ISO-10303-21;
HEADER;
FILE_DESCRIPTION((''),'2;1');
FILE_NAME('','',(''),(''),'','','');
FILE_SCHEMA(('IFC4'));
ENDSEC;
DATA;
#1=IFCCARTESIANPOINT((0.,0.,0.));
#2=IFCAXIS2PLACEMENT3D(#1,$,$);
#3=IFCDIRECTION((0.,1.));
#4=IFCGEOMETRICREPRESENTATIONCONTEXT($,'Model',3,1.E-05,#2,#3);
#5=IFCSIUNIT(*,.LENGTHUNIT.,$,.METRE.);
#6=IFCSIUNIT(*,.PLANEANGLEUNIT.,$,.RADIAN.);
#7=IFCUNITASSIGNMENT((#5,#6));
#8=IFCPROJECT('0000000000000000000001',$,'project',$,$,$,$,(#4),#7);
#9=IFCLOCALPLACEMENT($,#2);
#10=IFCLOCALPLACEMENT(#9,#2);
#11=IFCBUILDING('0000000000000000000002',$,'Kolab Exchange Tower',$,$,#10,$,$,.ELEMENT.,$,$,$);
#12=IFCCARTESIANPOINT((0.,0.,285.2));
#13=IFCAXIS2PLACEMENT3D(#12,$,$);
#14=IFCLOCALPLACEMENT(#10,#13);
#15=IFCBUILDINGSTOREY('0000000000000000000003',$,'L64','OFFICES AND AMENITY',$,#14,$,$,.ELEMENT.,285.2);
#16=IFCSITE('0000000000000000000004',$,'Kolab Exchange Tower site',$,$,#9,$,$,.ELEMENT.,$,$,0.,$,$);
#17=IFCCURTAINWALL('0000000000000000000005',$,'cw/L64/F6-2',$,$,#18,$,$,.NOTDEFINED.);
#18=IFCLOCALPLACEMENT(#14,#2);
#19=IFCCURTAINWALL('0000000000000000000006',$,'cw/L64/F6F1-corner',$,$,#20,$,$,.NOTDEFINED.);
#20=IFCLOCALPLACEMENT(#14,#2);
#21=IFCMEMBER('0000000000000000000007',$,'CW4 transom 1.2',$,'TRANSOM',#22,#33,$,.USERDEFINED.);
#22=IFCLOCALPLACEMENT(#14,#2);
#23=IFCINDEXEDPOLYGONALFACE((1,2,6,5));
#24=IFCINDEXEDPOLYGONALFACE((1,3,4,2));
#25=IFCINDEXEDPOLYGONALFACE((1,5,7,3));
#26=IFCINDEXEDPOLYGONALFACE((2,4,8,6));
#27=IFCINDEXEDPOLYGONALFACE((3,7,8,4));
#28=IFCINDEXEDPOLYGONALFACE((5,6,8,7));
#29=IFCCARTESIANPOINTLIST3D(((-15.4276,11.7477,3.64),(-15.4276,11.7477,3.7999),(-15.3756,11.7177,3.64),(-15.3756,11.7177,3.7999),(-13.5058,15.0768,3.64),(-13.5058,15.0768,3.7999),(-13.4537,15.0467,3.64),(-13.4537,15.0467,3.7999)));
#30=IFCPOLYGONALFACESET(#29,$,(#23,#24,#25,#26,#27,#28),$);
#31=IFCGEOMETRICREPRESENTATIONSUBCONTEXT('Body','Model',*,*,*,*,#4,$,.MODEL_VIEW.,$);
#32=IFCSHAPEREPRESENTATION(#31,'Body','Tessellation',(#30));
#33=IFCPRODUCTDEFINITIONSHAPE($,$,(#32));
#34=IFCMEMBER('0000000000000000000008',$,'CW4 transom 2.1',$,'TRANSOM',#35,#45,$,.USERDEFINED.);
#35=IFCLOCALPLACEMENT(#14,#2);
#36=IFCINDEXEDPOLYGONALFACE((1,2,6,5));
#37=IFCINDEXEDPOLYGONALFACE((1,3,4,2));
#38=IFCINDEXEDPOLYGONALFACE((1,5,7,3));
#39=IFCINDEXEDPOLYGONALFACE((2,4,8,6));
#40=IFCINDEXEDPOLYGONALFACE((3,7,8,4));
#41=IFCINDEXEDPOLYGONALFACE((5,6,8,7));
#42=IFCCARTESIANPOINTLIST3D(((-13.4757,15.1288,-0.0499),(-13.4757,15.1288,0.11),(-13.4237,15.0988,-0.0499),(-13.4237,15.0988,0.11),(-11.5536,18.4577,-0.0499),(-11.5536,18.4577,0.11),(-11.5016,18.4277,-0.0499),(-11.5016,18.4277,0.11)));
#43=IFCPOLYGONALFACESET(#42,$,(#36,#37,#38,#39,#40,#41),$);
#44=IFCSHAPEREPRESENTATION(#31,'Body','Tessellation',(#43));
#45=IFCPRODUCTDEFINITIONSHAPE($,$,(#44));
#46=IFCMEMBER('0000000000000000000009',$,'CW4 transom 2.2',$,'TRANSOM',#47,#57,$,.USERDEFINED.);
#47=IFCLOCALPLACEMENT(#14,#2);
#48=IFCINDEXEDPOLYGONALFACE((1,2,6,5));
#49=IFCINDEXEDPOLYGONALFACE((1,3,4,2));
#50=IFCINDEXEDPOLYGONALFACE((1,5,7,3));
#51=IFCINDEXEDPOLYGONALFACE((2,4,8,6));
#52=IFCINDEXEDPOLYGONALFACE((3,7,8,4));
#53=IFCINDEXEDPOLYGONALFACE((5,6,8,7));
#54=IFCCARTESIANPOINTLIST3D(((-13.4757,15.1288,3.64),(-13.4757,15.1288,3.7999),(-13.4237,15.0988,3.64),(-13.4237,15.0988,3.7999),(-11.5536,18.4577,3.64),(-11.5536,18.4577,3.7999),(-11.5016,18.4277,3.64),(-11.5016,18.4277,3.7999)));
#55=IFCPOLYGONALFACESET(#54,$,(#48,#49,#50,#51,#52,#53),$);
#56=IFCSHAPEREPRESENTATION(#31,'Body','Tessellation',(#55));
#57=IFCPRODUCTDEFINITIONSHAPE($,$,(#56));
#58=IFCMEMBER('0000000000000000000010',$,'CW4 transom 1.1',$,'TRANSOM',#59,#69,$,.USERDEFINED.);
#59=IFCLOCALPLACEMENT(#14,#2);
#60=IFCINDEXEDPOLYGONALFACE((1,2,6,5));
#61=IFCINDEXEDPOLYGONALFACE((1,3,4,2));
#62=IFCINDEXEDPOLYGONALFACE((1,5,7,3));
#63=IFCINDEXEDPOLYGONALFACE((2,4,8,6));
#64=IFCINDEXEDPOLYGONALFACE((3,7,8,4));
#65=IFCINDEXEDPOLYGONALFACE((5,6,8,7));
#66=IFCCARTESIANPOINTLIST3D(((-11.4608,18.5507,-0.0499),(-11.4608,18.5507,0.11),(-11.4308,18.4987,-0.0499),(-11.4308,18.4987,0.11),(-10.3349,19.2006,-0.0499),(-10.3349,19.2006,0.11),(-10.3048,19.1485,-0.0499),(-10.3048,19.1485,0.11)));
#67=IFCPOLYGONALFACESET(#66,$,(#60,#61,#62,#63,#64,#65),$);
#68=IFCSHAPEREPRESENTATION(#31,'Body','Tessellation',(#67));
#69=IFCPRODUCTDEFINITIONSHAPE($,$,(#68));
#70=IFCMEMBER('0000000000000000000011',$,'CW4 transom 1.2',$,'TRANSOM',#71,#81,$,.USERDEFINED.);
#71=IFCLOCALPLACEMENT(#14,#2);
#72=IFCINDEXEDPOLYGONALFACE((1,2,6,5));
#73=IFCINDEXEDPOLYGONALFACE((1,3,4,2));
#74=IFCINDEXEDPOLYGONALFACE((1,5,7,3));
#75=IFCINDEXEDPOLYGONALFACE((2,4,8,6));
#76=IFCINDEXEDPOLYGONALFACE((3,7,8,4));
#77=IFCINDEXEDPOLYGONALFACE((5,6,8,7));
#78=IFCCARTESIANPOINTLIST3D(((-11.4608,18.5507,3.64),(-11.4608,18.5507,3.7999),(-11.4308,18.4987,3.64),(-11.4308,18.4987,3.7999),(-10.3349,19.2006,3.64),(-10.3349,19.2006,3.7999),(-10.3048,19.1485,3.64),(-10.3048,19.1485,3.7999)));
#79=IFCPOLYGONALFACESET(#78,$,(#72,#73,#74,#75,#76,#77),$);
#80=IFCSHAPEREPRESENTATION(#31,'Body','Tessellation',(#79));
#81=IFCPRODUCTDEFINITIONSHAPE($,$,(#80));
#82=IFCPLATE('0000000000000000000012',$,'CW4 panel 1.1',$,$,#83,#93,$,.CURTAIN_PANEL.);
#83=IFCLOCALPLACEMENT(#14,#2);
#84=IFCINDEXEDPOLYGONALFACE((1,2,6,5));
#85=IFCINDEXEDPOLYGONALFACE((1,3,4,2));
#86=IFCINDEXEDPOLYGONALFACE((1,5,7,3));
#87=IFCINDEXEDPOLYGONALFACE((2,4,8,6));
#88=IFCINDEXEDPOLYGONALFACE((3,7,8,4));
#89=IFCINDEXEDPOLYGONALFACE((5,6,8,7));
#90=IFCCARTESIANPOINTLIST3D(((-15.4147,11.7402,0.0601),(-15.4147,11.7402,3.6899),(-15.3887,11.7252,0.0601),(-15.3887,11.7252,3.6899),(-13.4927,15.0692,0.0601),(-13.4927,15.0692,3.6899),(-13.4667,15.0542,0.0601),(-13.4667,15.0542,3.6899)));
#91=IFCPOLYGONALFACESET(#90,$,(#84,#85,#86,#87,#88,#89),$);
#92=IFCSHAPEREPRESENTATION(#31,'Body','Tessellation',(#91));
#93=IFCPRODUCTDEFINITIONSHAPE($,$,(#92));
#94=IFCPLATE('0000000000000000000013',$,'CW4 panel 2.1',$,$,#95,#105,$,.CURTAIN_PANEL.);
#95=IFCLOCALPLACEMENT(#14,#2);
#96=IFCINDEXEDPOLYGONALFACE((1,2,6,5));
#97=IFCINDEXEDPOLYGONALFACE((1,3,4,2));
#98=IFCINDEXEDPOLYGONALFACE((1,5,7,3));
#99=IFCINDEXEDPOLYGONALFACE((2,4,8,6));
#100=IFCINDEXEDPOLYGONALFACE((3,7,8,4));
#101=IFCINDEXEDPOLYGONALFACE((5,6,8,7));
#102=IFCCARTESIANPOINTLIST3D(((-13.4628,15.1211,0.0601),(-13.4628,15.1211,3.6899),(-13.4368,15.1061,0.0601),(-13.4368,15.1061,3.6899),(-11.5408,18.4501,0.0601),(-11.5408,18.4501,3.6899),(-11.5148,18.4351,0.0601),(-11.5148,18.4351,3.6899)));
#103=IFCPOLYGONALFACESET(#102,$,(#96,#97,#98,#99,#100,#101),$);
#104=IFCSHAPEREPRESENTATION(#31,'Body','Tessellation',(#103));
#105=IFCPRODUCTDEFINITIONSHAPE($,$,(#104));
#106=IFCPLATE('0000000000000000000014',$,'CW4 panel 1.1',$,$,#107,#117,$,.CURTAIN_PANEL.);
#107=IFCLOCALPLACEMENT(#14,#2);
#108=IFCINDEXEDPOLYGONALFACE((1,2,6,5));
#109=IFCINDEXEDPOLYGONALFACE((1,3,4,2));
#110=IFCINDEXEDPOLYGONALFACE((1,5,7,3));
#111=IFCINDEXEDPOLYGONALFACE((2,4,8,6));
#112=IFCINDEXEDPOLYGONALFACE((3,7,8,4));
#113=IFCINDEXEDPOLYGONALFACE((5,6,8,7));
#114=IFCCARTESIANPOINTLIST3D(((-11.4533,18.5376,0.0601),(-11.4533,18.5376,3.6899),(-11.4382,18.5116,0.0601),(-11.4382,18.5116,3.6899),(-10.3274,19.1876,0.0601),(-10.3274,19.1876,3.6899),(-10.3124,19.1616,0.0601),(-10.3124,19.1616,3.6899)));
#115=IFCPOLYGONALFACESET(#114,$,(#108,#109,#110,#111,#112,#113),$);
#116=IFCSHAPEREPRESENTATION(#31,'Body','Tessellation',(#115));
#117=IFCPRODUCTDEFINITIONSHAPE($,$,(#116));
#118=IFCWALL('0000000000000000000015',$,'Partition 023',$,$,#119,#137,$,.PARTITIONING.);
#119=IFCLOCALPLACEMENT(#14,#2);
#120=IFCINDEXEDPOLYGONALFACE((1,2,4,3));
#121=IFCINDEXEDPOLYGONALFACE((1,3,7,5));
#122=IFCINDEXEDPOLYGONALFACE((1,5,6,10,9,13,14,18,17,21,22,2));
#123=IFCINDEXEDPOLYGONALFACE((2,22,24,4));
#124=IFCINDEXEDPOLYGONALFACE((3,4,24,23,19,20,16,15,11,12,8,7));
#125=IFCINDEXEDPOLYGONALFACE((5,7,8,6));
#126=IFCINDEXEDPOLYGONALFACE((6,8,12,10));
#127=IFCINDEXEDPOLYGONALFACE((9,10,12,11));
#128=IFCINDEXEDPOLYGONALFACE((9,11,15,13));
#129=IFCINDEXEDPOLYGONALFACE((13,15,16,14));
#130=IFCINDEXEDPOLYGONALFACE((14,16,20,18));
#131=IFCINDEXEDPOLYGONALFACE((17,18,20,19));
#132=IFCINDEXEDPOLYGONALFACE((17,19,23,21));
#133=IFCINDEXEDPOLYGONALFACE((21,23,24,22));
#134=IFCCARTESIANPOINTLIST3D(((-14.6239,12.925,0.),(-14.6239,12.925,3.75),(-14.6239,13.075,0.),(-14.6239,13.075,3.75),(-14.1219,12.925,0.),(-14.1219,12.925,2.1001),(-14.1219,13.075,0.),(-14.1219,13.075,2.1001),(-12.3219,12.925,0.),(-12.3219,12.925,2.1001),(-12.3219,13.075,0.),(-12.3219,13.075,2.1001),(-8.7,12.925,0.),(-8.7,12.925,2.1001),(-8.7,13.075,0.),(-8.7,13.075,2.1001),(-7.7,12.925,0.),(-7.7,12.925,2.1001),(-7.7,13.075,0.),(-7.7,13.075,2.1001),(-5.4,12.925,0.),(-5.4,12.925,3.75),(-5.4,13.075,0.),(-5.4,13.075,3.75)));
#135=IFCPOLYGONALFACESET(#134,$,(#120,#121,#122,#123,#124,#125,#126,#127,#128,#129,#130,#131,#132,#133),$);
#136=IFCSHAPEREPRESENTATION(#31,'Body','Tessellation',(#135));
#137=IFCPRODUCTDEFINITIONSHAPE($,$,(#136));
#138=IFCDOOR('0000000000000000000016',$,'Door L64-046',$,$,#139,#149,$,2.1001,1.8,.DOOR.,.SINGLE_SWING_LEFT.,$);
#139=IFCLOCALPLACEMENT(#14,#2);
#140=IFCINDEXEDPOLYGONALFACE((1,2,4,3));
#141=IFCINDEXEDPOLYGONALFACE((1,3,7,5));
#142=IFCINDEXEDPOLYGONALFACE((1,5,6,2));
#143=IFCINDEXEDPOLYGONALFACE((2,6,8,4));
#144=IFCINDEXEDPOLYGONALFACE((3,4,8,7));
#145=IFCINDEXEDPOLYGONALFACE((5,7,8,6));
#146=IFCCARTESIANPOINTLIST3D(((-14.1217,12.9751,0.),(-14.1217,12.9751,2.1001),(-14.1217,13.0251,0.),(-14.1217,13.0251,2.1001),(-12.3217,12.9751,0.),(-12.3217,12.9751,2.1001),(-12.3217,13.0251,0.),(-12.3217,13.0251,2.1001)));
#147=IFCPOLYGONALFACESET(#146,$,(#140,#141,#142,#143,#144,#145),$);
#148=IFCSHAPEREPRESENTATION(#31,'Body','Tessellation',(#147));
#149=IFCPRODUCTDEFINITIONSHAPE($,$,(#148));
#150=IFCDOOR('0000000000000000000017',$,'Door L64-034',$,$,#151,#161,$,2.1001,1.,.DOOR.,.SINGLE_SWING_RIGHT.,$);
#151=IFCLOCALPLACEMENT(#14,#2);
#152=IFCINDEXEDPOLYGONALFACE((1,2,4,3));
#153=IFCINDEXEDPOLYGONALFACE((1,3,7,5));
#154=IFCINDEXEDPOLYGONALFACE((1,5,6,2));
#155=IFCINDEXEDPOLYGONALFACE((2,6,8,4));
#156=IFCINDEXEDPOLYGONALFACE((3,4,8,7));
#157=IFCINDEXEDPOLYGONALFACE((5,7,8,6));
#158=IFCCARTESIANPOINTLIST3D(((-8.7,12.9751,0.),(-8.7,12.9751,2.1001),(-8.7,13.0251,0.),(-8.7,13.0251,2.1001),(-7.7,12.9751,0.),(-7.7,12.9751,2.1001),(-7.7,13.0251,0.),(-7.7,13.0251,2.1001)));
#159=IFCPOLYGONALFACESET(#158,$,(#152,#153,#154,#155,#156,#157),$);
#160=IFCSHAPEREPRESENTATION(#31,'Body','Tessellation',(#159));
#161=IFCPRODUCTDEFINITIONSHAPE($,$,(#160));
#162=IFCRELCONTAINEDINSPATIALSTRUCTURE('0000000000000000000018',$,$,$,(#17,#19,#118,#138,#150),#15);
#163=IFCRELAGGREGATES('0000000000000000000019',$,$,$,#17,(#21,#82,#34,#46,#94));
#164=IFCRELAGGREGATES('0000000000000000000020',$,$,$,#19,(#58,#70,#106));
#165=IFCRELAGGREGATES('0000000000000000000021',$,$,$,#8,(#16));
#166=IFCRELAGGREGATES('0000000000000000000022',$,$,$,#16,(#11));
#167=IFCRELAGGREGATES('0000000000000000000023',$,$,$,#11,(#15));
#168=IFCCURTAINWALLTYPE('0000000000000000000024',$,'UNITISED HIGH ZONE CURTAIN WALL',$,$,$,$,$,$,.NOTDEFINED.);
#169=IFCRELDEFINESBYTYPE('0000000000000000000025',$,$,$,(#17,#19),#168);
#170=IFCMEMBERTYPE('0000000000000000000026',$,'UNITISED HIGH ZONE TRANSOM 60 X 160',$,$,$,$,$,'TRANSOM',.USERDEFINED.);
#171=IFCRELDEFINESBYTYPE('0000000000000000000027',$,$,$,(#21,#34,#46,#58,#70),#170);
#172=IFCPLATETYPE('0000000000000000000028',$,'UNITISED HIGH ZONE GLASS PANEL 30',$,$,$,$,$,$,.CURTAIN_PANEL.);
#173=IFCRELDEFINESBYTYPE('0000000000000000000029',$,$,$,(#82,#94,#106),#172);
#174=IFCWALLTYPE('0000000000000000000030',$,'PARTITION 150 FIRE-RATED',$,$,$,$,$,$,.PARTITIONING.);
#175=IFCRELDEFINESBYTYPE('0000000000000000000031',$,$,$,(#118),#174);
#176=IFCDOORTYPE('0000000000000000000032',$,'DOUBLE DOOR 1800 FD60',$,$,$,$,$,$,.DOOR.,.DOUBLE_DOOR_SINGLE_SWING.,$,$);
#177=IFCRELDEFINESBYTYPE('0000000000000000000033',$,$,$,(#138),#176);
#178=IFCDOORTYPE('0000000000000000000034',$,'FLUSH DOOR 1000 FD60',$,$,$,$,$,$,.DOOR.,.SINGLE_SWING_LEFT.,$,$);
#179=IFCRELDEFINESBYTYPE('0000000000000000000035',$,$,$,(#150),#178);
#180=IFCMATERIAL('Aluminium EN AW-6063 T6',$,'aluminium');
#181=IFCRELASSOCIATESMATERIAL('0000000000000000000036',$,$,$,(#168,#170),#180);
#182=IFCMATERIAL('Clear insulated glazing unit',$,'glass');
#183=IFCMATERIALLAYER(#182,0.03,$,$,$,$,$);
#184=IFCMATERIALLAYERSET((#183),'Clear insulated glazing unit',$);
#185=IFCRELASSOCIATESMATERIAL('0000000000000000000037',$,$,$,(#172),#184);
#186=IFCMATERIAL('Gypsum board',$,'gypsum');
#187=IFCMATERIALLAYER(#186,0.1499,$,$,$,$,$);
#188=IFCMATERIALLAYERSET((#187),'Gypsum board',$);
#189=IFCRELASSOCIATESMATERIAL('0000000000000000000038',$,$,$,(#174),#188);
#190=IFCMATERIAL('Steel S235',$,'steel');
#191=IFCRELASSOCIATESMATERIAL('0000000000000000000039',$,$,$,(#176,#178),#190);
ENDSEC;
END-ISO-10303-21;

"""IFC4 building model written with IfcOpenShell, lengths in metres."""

from ifc_helpers import new_model, si_unit, direction, frame, frame_2d, origin, origin_2d, place, context, subcontext, project, spatial, rectangle, extrude, material, layer, layer_set, material_profile, profile_set, type_object, element, fill, aggregate, save


model = new_model("IFC4")

# Units and contexts
model_context = context("Model", 3, precision=1e-05, world=origin(), true_north=direction((0.0, 1.0)))
body_context = subcontext(model_context, "Body", "Model", "MODEL_VIEW")
ifc_project = project(units=[si_unit("LENGTHUNIT", "METRE"), si_unit("PLANEANGLEUNIT", "RADIAN")], contexts=[model_context])

# Site, building, storey
site_placement = place(None, origin())
site = spatial("IfcSite", under=ifc_project, at=site_placement, Name="Kolab Exchange Tower site", CompositionType="ELEMENT", RefElevation=0.0)
building_placement = place(site_placement, origin())
building = spatial("IfcBuilding", under=site, at=building_placement, Name="Kolab Exchange Tower", CompositionType="ELEMENT")
storey_placement = place(building_placement, frame((0.0, 0.0, 285.2)))
storey = spatial("IfcBuildingStorey", under=building, at=storey_placement, Name="L64", Description="OFFICES AND AMENITY", CompositionType="ELEMENT", Elevation=285.2)

# Shared definitions
ifc_material_1 = material(Name="Aluminium EN AW-6063 T6", Category="aluminium")
curtain_wall_type = type_object("IfcCurtainWallType", Name="UNITISED HIGH ZONE CURTAIN WALL", PredefinedType="NOTDEFINED", material=ifc_material_1)

# Curtain walls
curtain_wall_1_placement = place(storey_placement, origin())
curtain_wall_1 = element("IfcCurtainWall", 1, at=curtain_wall_1_placement, inside=storey, type_object=curtain_wall_type, Name="cw/L64/F6-2", PredefinedType="NOTDEFINED")
curtain_wall_2_placement = place(storey_placement, origin())
curtain_wall_2 = element("IfcCurtainWall", 2, at=curtain_wall_2_placement, inside=storey, type_object=curtain_wall_type, Name="cw/L64/F6F1-corner", PredefinedType="NOTDEFINED")

# Members
ifc_material_profile_1 = material_profile(ifc_material_1, rectangle(XDim=0.0601, YDim=0.1599, at=origin_2d()), Name="RECT 60X160")
ifc_profile_set_1 = profile_set([ifc_material_profile_1], Name="Aluminium EN AW-6063 T6")
member_type_1 = type_object("IfcMemberType", Name="UNITISED HIGH ZONE TRANSOM 60 X 160", ElementType="TRANSOM", PredefinedType="USERDEFINED", material=ifc_profile_set_1)
member_1_placement = place(storey_placement, frame((-15.4016, 11.7327, 3.72), z_axis=(0.499964, 0.866046, 0.0), x_axis=(-0.866046, 0.499964, 0.0)))
member_1 = element("IfcMember", 3, at=member_1_placement, type_object=member_type_1, Name="CW4 transom 1.2", ObjectType="TRANSOM", PredefinedType="USERDEFINED", context=body_context, shape_type="SweptSolid", body=[
    extrude(rectangle(XDim=0.0601, YDim=0.1599, at=origin_2d()), origin(), (0.0, 0.0, 1.0), 3.844),
])
member_2_placement = place(storey_placement, frame((-13.4497, 15.1138, 0.03), z_axis=(0.500039, 0.866003, 0.0), x_axis=(-0.866003, 0.500039, 0.0)))
member_2 = element("IfcMember", 4, at=member_2_placement, type_object=member_type_1, Name="CW4 transom 2.1", ObjectType="TRANSOM", PredefinedType="USERDEFINED", context=body_context, shape_type="SweptSolid", body=[
    extrude(rectangle(XDim=0.0601, YDim=0.1599, at=origin_2d()), origin(), (0.0, 0.0, 1.0), 3.844),
])
member_3_placement = place(storey_placement, frame((-13.4497, 15.1138, 3.72), z_axis=(0.500039, 0.866003, 0.0), x_axis=(-0.866003, 0.500039, 0.0)))
member_3 = element("IfcMember", 5, at=member_3_placement, type_object=member_type_1, Name="CW4 transom 2.2", ObjectType="TRANSOM", PredefinedType="USERDEFINED", context=body_context, shape_type="SweptSolid", body=[
    extrude(rectangle(XDim=0.0601, YDim=0.1599, at=origin_2d()), origin(), (0.0, 0.0, 1.0), 3.844),
])
member_4_placement = place(storey_placement, frame((-11.4458, 18.5247, 0.03), z_axis=(0.866086, 0.499896, 0.0), x_axis=(-0.499896, 0.866086, 0.0)))
member_4 = element("IfcMember", 6, at=member_4_placement, type_object=member_type_1, Name="CW4 transom 1.1", ObjectType="TRANSOM", PredefinedType="USERDEFINED", context=body_context, shape_type="SweptSolid", body=[
    extrude(rectangle(XDim=0.0601, YDim=0.1599, at=origin_2d()), origin(), (0.0, 0.0, 1.0), 1.3),
])
member_5_placement = place(storey_placement, frame((-11.4458, 18.5247, 3.72), z_axis=(0.866086, 0.499896, 0.0), x_axis=(-0.499896, 0.866086, 0.0)))
member_5 = element("IfcMember", 7, at=member_5_placement, type_object=member_type_1, Name="CW4 transom 1.2", ObjectType="TRANSOM", PredefinedType="USERDEFINED", context=body_context, shape_type="SweptSolid", body=[
    extrude(rectangle(XDim=0.0601, YDim=0.1599, at=origin_2d()), origin(), (0.0, 0.0, 1.0), 1.3),
])

# Plates
ifc_material_2 = material(Name="Clear insulated glazing unit", Category="glass")
ifc_layer_1 = layer(ifc_material_2, 0.03)
ifc_layer_set_1 = layer_set([ifc_layer_1], Name="Clear insulated glazing unit")
plate_type = type_object("IfcPlateType", Name="UNITISED HIGH ZONE GLASS PANEL 30", PredefinedType="CURTAIN_PANEL", material=ifc_layer_set_1)
plate_1_placement = place(storey_placement, frame((-14.4407, 13.3972, 0.0601), z_axis=(0.0, 0.0, 1.0), x_axis=(0.5, 0.866025, 0.0)))
plate_1 = element("IfcPlate", 8, at=plate_1_placement, type_object=plate_type, Name="CW4 panel 1.1", PredefinedType="CURTAIN_PANEL", context=body_context, shape_type="SweptSolid", body=[
    extrude(rectangle(XDim=3.844, YDim=0.03, at=origin_2d()), origin(), (0.0, 0.0, 1.0), 3.6299),
])
plate_2_placement = place(storey_placement, frame((-12.4888, 16.7781, 0.0601), z_axis=(0.0, 0.0, 1.0), x_axis=(0.5, 0.866025, 0.0)))
plate_2 = element("IfcPlate", 9, at=plate_2_placement, type_object=plate_type, Name="CW4 panel 2.1", PredefinedType="CURTAIN_PANEL", context=body_context, shape_type="SweptSolid", body=[
    extrude(rectangle(XDim=3.844, YDim=0.03, at=origin_2d()), origin(), (0.0, 0.0, 1.0), 3.6299),
])
aggregate(curtain_wall_1, [member_1, plate_1, member_2, member_3, plate_2])
plate_3_placement = place(storey_placement, frame((-10.8828, 18.8496, 0.0601), z_axis=(0.0, 0.0, 1.0), x_axis=(0.866025, 0.5, 0.0)))
plate_3 = element("IfcPlate", 10, at=plate_3_placement, type_object=plate_type, Name="CW4 panel 1.1", PredefinedType="CURTAIN_PANEL", context=body_context, shape_type="SweptSolid", body=[
    extrude(rectangle(XDim=1.3, YDim=0.03, at=origin_2d()), origin(), (0.0, 0.0, 1.0), 3.6299),
])
aggregate(curtain_wall_2, [member_4, member_5, plate_3])

# Wall, openings, doors
ifc_material_3 = material(Name="Gypsum board", Category="gypsum")
ifc_layer_2 = layer(ifc_material_3, 0.1499)
ifc_layer_set_2 = layer_set([ifc_layer_2], Name="Gypsum board")
wall_type = type_object("IfcWallType", Name="PARTITION 150 FIRE-RATED", PredefinedType="PARTITIONING", material=ifc_layer_set_2)
wall_1_placement = place(storey_placement, frame((-14.6238, 13.0, 0.0), z_axis=(0.0, 0.0, 1.0), x_axis=(1.0, 0.0, 0.0)))
wall_1 = element("IfcWall", 11, at=wall_1_placement, inside=storey, type_object=wall_type, Name="Partition 023", PredefinedType="PARTITIONING", context=body_context, shape_type="SweptSolid", body=[
    extrude(rectangle(XDim=9.2239, YDim=0.1499, at=frame_2d((4.6118, 0.0))), origin(), (0.0, 0.0, 1.0), 3.75),
])
opening_1_placement = place(wall_1_placement, frame((5.9238, 0.0, 0.0)))
opening_1 = element("IfcOpeningElement", 12, at=opening_1_placement, cuts=wall_1, PredefinedType="OPENING", context=body_context, shape_type="SweptSolid", body=[
    extrude(rectangle(XDim=1.0, YDim=2.1001, at=frame_2d((0.5, 1.05))), frame((0.0, 0.085, 0.0), z_axis=(0.0, -1.0, 0.0), x_axis=(1.0, 0.0, 0.0)), (0.0, 0.0, 1.0), 0.1699),
])
opening_2_placement = place(wall_1_placement, frame((0.502, 0.0, 0.0)))
opening_2 = element("IfcOpeningElement", 13, at=opening_2_placement, cuts=wall_1, PredefinedType="OPENING", context=body_context, shape_type="SweptSolid", body=[
    extrude(rectangle(XDim=1.8, YDim=2.1001, at=frame_2d((0.8999, 1.05))), frame((0.0, 0.085, 0.0), z_axis=(0.0, -1.0, 0.0), x_axis=(1.0, 0.0, 0.0)), (0.0, 0.0, 1.0), 0.1699),
])
ifc_material_4 = material(Name="Steel S235", Category="steel")
door_type_1 = type_object("IfcDoorType", Name="DOUBLE DOOR 1800 FD60", OperationType="DOUBLE_DOOR_SINGLE_SWING", PredefinedType="DOOR", material=ifc_material_4)
door_1_placement = place(opening_2_placement, frame((1.8, 0.0, 0.0), z_axis=(0.0, 0.0, 1.0), x_axis=(-1.0, 0.0, 0.0)))
door_1 = element("IfcDoor", 14, at=door_1_placement, inside=storey, type_object=door_type_1, Name="Door L64-046", OperationType="SINGLE_SWING_LEFT", OverallHeight=2.1001, OverallWidth=1.8, PredefinedType="DOOR", context=body_context, shape_type="SweptSolid", body=[
    extrude(rectangle(XDim=1.8, YDim=2.1001, at=frame_2d((0.8999, 1.05))), frame((0.0, 0.0249, 0.0), z_axis=(0.0, -1.0, 0.0), x_axis=(1.0, 0.0, 0.0)), (0.0, 0.0, 1.0), 0.05),
])
fill(opening_2, door_1)
door_type_2 = type_object("IfcDoorType", Name="FLUSH DOOR 1000 FD60", OperationType="SINGLE_SWING_LEFT", PredefinedType="DOOR", material=ifc_material_4)
door_2_placement = place(opening_1_placement, frame((1.0, 0.0, 0.0), z_axis=(0.0, 0.0, 1.0), x_axis=(-1.0, 0.0, 0.0)))
door_2 = element("IfcDoor", 15, at=door_2_placement, inside=storey, type_object=door_type_2, Name="Door L64-034", OperationType="SINGLE_SWING_RIGHT", OverallHeight=2.1001, OverallWidth=1.0, PredefinedType="DOOR", context=body_context, shape_type="SweptSolid", body=[
    extrude(rectangle(XDim=1.0, YDim=2.1001, at=frame_2d((0.5, 1.05))), frame((0.0, 0.0249, 0.0), z_axis=(0.0, -1.0, 0.0), x_axis=(1.0, 0.0, 0.0)), (0.0, 0.0, 1.0), 0.05),
])
fill(opening_1, door_2)

save(model, "model.ifc")
